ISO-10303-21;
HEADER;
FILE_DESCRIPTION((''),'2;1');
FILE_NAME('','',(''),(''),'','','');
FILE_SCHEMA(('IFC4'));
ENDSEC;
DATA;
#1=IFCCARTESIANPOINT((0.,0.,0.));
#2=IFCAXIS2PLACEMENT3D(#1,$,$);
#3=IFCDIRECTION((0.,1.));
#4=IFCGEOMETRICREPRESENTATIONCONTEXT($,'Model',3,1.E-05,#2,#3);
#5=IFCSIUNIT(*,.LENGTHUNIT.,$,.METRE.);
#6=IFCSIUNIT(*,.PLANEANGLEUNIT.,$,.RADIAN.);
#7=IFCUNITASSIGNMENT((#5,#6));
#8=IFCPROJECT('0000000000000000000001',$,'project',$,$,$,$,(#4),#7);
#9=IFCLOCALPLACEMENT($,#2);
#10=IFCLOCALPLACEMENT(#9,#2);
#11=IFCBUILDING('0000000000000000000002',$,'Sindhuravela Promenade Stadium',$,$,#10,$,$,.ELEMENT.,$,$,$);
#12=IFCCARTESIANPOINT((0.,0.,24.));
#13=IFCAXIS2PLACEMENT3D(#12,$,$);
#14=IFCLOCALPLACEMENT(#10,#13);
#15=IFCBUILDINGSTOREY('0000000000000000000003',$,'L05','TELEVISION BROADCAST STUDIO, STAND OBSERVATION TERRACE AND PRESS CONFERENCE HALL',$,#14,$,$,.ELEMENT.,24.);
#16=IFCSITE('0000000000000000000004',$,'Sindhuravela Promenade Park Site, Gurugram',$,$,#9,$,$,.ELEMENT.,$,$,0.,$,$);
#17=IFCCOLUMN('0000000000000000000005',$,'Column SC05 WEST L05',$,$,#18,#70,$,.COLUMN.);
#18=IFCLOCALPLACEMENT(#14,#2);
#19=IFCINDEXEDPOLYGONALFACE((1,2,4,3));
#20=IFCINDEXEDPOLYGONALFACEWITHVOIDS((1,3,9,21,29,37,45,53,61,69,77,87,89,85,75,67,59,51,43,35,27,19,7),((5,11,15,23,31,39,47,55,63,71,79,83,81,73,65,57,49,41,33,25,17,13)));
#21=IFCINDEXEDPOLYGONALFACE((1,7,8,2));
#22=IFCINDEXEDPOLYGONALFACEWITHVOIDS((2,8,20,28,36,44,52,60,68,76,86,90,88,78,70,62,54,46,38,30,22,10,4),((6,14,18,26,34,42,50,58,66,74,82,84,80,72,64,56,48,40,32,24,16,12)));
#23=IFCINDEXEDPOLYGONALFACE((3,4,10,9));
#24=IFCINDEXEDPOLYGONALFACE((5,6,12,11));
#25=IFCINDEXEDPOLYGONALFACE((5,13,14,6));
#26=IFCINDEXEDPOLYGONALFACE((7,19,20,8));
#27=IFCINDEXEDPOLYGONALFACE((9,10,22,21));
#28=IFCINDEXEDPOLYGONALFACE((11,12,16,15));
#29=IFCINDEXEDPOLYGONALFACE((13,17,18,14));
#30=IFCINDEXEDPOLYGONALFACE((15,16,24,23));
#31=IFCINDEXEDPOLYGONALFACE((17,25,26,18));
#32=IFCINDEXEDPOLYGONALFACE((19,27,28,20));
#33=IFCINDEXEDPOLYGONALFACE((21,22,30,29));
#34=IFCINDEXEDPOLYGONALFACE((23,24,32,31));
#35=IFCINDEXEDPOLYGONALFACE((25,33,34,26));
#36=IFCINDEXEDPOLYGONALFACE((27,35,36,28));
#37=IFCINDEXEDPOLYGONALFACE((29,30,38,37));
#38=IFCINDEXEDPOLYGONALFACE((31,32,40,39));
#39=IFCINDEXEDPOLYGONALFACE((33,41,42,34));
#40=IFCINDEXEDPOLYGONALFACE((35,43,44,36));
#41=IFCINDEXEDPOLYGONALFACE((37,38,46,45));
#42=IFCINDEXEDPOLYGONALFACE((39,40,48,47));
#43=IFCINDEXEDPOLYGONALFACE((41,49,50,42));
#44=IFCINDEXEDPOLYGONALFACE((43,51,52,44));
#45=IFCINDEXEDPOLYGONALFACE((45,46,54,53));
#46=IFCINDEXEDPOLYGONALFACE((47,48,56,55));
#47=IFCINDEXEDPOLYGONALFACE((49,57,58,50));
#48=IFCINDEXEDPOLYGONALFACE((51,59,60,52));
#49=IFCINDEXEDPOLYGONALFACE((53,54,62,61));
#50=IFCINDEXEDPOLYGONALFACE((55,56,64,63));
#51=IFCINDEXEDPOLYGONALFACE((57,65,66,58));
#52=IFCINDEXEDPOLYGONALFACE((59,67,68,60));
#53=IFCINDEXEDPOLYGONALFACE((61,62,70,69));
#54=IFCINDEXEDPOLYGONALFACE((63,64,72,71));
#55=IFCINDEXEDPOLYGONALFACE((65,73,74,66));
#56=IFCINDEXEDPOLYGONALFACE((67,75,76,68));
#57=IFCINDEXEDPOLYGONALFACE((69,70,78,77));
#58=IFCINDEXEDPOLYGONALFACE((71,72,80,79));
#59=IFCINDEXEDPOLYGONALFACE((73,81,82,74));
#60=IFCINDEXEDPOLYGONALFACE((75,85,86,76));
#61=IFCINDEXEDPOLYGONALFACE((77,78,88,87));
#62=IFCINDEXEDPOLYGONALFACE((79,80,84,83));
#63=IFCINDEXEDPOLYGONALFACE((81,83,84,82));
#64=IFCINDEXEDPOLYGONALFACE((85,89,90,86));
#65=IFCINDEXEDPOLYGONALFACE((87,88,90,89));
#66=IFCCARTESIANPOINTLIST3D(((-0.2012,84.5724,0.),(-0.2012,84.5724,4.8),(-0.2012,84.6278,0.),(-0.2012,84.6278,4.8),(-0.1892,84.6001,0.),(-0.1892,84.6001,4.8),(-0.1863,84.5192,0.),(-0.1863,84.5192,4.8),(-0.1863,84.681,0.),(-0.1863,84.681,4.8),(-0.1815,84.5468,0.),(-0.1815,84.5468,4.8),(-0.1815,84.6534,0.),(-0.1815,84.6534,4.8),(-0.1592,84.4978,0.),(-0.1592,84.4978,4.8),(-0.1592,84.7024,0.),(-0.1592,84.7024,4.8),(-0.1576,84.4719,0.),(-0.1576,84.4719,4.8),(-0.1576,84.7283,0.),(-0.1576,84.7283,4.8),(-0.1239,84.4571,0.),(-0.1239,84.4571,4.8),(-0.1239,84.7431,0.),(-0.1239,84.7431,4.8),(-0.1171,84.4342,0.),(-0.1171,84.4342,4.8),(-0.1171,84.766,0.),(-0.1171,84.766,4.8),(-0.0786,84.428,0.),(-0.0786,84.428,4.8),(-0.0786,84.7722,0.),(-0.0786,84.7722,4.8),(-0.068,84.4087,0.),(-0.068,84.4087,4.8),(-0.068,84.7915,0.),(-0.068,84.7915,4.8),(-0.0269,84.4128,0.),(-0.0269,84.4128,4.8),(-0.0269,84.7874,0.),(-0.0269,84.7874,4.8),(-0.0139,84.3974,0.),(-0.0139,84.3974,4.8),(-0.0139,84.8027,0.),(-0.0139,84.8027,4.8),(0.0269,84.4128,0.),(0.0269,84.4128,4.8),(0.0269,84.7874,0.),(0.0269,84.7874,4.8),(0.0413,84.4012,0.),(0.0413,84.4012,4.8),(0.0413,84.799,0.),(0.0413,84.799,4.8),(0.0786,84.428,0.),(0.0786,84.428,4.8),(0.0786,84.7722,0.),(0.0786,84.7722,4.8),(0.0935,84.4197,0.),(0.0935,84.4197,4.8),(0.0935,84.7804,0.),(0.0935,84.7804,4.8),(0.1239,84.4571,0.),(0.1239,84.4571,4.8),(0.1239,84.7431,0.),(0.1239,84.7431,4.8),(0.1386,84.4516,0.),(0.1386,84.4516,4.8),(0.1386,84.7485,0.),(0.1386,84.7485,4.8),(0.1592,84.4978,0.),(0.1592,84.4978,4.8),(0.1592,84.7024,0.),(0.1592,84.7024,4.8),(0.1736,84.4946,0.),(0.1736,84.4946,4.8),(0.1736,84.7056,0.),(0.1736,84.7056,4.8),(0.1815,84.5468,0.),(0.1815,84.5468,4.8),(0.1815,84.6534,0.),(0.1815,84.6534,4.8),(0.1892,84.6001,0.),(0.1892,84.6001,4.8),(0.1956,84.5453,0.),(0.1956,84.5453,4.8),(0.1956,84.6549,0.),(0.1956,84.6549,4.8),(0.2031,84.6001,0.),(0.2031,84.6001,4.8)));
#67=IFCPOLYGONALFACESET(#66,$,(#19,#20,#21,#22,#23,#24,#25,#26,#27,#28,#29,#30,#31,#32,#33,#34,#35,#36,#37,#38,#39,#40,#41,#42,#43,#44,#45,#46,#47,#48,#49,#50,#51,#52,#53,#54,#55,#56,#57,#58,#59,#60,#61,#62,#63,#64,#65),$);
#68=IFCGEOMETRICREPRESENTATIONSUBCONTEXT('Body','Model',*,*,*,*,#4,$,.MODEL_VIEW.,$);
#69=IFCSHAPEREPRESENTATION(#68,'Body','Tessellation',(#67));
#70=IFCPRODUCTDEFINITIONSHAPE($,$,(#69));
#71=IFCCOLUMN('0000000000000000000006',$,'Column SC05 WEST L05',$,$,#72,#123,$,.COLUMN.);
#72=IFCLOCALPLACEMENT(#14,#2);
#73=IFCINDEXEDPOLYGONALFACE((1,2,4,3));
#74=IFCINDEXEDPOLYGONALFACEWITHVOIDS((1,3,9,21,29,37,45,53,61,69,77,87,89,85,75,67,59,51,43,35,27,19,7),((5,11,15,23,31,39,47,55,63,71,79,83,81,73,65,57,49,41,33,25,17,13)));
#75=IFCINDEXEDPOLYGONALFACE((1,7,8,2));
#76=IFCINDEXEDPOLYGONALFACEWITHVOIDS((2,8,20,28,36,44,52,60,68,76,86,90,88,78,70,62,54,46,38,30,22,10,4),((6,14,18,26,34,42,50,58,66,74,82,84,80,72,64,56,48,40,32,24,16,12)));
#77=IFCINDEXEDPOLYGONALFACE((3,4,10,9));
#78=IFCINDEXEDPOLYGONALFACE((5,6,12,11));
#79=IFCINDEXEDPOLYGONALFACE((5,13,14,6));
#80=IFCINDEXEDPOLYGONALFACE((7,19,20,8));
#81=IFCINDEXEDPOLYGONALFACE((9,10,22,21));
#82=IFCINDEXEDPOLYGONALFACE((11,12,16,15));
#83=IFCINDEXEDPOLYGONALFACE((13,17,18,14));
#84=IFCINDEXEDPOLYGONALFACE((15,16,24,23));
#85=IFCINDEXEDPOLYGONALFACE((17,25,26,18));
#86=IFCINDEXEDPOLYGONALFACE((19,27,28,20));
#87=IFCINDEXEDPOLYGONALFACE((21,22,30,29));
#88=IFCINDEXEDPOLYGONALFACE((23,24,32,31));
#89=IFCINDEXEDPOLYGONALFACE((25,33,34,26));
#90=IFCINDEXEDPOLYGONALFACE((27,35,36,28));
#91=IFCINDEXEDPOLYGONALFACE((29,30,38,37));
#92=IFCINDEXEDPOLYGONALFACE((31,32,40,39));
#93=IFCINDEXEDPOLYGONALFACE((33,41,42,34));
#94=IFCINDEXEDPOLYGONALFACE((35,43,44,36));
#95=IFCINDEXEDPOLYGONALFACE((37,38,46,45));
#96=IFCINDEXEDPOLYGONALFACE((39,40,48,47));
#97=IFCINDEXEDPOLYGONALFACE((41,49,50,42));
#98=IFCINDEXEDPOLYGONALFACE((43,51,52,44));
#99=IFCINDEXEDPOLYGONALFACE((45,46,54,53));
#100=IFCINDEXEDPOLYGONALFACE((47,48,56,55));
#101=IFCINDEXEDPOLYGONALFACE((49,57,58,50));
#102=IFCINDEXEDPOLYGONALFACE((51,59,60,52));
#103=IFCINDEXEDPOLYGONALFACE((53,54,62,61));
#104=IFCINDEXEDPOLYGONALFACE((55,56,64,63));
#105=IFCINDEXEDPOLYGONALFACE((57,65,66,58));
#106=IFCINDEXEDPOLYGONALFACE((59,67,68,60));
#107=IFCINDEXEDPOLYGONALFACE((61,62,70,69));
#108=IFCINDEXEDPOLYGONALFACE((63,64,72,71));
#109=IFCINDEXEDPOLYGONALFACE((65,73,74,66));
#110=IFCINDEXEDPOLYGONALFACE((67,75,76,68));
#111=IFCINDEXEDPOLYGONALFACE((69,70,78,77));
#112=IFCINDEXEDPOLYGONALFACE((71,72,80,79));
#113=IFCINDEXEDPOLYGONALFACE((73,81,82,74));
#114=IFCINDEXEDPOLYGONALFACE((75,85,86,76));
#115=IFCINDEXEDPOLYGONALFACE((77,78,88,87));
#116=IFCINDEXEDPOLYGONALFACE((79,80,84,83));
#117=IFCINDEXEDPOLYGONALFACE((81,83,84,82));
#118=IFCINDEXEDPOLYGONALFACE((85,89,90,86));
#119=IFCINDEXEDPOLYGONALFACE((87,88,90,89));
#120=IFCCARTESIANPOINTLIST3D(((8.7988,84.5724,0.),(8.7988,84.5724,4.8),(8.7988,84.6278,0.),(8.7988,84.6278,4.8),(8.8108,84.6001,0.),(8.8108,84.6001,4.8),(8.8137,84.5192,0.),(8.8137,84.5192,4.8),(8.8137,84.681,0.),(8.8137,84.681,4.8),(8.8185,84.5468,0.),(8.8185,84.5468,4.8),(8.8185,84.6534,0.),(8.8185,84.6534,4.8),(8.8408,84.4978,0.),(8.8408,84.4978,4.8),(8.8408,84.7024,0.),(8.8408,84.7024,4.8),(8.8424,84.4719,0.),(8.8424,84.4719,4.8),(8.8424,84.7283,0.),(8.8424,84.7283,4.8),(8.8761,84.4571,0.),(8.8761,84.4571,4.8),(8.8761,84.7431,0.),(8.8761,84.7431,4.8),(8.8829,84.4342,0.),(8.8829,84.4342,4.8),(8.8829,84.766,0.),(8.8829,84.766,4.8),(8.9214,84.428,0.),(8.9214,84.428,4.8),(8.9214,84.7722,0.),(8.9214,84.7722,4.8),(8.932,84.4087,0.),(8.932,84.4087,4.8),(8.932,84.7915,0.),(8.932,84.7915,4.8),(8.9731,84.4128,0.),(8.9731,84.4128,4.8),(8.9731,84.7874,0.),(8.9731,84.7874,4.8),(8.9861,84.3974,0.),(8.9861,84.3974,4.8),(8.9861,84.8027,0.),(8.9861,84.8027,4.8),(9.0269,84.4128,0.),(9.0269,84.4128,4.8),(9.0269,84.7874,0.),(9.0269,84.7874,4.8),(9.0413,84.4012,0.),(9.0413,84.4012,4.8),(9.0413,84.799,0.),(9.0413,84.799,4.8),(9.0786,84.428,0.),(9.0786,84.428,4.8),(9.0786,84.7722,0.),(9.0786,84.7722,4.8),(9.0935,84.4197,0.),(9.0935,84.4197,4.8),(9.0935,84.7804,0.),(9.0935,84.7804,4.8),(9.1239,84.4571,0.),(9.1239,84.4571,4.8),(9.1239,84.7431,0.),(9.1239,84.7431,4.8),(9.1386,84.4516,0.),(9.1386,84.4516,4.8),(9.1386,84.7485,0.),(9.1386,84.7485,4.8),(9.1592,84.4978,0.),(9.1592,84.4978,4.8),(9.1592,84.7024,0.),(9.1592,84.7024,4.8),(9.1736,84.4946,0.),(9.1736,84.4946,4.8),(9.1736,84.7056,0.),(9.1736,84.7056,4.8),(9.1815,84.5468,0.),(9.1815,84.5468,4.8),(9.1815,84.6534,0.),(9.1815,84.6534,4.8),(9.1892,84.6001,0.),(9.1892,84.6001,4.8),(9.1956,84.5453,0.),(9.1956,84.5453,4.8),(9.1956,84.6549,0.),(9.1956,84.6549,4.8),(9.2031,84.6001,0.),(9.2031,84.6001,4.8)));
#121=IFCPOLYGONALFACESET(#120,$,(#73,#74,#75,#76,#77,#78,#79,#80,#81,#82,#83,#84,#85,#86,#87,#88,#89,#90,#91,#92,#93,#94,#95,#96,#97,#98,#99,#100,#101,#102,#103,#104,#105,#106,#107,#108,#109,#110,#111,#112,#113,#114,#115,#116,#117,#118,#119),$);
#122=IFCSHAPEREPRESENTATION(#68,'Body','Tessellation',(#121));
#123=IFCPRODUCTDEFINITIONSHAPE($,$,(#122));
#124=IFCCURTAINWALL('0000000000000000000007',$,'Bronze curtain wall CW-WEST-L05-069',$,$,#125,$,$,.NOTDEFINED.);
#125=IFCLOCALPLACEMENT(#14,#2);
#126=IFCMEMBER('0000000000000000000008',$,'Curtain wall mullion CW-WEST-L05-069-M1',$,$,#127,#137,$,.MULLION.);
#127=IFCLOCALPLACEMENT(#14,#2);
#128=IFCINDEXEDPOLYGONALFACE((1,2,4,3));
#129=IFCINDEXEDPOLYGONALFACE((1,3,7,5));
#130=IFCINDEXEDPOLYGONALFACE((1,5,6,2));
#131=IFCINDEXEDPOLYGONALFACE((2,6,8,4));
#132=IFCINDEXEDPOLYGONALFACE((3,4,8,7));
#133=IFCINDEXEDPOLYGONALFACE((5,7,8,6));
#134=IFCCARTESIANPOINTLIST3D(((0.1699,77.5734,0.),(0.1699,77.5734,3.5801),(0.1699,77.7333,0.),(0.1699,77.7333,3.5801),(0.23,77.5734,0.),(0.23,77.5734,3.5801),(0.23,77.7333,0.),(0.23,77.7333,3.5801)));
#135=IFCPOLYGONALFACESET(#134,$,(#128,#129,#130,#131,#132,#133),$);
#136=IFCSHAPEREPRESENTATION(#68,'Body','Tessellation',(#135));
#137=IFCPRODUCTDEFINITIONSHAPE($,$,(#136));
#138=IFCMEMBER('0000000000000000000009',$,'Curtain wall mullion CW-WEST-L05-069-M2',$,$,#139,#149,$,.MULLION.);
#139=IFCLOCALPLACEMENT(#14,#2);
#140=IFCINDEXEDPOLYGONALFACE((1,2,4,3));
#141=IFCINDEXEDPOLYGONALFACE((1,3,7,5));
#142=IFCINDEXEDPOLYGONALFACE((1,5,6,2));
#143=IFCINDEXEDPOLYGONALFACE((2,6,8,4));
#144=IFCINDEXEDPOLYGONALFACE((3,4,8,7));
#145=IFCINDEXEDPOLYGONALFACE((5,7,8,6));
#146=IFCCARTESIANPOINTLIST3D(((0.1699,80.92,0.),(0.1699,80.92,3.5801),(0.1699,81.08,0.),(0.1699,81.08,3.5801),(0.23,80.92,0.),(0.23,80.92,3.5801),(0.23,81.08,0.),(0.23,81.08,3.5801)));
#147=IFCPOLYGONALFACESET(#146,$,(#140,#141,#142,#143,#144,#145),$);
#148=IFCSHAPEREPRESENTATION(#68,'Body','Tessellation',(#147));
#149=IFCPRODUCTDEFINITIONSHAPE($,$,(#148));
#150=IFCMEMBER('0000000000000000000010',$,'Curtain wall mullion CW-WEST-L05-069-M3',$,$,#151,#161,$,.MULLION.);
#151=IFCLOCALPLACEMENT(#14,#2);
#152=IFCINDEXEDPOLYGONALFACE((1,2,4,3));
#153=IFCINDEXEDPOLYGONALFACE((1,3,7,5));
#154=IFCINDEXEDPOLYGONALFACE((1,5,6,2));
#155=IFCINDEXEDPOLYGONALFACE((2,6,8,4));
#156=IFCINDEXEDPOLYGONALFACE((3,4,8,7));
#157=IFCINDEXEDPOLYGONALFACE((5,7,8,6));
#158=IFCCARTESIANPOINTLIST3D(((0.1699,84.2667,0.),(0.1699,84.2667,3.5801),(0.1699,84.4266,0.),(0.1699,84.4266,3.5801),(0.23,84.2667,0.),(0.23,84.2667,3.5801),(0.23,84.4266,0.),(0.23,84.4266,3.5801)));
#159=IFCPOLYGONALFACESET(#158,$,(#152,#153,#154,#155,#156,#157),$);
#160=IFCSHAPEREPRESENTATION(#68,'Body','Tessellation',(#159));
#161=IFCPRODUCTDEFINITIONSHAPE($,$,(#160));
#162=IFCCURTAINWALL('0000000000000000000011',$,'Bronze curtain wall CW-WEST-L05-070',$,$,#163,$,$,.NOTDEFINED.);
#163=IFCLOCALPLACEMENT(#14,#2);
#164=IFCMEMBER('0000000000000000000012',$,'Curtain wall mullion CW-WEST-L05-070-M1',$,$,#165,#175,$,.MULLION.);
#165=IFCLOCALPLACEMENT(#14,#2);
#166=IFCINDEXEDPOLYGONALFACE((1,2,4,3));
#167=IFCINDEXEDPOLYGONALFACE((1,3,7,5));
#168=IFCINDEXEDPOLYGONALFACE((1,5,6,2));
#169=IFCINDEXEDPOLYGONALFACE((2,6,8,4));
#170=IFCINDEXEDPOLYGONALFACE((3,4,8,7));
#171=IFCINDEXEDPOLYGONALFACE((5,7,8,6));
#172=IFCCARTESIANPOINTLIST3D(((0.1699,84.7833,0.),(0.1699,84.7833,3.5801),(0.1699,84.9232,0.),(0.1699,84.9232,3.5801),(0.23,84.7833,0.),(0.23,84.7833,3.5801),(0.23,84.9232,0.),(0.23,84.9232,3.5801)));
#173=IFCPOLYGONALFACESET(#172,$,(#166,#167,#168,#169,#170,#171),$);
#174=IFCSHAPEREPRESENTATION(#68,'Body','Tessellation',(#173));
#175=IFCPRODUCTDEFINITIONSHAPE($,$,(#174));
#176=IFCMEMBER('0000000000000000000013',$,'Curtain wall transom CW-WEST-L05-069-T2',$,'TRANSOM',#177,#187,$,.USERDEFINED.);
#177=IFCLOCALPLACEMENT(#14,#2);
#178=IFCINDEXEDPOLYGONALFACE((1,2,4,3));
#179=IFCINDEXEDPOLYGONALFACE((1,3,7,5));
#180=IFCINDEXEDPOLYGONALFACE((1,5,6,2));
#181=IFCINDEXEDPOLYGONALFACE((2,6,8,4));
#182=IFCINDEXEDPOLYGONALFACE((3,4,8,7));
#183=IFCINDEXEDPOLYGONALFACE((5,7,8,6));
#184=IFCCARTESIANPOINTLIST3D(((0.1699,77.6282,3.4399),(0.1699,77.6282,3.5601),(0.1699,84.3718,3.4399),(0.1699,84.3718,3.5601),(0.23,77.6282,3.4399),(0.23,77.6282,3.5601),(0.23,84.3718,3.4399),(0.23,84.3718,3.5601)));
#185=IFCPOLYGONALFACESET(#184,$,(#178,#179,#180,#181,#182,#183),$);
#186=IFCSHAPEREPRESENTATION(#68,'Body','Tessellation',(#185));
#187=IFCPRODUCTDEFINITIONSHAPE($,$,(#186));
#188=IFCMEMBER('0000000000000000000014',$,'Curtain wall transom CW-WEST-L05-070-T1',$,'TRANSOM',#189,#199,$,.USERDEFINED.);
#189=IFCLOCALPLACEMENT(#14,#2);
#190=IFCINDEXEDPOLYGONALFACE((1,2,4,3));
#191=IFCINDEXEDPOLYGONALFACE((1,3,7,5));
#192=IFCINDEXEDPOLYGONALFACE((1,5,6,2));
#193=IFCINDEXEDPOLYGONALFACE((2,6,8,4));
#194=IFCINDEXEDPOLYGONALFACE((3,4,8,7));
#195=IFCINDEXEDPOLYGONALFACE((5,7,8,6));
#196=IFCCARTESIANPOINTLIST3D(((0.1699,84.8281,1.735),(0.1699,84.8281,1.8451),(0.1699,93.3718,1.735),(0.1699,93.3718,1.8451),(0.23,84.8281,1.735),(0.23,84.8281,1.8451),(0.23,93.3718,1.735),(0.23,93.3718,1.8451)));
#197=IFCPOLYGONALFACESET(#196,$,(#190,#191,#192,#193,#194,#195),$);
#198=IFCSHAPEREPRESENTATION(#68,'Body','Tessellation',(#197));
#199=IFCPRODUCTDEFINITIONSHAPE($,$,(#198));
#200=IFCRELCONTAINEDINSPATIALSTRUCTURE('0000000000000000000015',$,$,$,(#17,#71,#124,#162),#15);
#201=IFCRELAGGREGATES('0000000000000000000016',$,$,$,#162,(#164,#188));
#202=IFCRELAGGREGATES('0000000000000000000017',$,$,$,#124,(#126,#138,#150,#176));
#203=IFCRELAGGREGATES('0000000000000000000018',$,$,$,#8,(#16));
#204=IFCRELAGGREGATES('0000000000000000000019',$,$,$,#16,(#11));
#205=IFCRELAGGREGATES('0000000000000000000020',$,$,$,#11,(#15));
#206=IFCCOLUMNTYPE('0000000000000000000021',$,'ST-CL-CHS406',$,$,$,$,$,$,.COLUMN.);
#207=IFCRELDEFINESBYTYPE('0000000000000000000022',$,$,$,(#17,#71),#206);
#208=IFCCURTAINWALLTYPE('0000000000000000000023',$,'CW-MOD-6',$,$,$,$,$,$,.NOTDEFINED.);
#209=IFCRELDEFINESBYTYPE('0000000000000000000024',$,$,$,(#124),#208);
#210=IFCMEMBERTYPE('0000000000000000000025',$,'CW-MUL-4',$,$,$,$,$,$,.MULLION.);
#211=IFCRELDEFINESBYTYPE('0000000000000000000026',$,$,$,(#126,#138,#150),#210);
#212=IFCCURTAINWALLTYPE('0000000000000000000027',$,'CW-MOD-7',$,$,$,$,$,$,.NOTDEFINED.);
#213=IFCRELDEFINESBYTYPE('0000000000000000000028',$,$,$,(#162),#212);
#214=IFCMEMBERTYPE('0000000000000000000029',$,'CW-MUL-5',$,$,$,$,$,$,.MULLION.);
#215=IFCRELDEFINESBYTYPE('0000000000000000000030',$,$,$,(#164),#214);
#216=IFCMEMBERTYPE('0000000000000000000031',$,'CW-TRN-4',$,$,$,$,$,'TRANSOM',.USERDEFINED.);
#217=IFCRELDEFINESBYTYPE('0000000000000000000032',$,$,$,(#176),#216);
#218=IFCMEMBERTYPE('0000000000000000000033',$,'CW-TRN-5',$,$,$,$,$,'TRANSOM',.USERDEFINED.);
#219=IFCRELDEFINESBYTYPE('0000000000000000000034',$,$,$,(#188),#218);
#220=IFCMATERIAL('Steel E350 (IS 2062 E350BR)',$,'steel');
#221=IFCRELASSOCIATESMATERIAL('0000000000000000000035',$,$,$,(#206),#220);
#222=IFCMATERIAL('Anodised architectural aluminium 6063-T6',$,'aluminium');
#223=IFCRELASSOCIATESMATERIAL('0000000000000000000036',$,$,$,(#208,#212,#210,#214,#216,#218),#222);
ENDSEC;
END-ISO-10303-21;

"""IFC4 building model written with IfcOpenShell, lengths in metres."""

from ifc_helpers import new_model, si_unit, direction, frame, origin, origin_2d, place, context, subcontext, project, spatial, rectangle, hollow_circle, extrude, material, material_profile, profile_set, type_object, element, aggregate, save


model = new_model("IFC4")

# Units and contexts
model_context = context("Model", 3, precision=1e-05, world=origin(), true_north=direction((0.0, 1.0)))
body_context = subcontext(model_context, "Body", "Model", "MODEL_VIEW")
ifc_project = project(units=[si_unit("LENGTHUNIT", "METRE"), si_unit("PLANEANGLEUNIT", "RADIAN")], contexts=[model_context])

# Site, building, storey
site_placement = place(None, origin())
site = spatial("IfcSite", under=ifc_project, at=site_placement, Name="Sindhuravela Promenade Park Site, Gurugram", CompositionType="ELEMENT", RefElevation=0.0)
building_placement = place(site_placement, origin())
building = spatial("IfcBuilding", under=site, at=building_placement, Name="Sindhuravela Promenade Stadium", CompositionType="ELEMENT")
storey_placement = place(building_placement, frame((0.0, 0.0, 24.0)))
storey = spatial("IfcBuildingStorey", under=building, at=storey_placement, Name="L05", Description="TELEVISION BROADCAST STUDIO, STAND OBSERVATION TERRACE AND PRESS CONFERENCE HALL", CompositionType="ELEMENT", Elevation=24.0)

# Columns
ifc_material_1 = material(Name="Steel E350 (IS 2062 E350BR)", Category="steel")
ifc_material_profile_1 = material_profile(ifc_material_1, hollow_circle(Radius=0.2031, WallThickness=0.0139, at=origin_2d()), Name="CHS 406.4x14")
ifc_profile_set_1 = profile_set([ifc_material_profile_1], Name="Steel E350 (IS 2062 E350BR)")
column_type = type_object("IfcColumnType", Name="ST-CL-CHS406", PredefinedType="COLUMN", material=ifc_profile_set_1)
for number, where, z_axis, x_axis, name in (
    (1, (0.0, 84.6001, 0.0), (0.0, 0.0, 1.0), (1.0, 0.0, 0.0), "Column SC05 WEST L05"),
    (2, (9.0, 84.6001, 0.0), (0.0, 0.0, 1.0), (1.0, 0.0, 0.0), "Column SC05 WEST L05"),
):
    element("IfcColumn", number, at=place(storey_placement, frame(where, z_axis=z_axis, x_axis=x_axis)), inside=storey, type_object=column_type, Name=name, PredefinedType="COLUMN", context=body_context, shape_type="SweptSolid", body=[
        extrude(hollow_circle(Radius=0.2031, WallThickness=0.0139, at=origin_2d()), origin(), (0.0, 0.0, 1.0), 4.8),
    ])

# Curtain wall, members
ifc_material_2 = material(Name="Anodised architectural aluminium 6063-T6", Category="aluminium")
curtain_wall_type_1 = type_object("IfcCurtainWallType", Name="CW-MOD-6", PredefinedType="NOTDEFINED", material=ifc_material_2)
curtain_wall_1_placement = place(storey_placement, origin())
curtain_wall_1 = element("IfcCurtainWall", 3, at=curtain_wall_1_placement, inside=storey, type_object=curtain_wall_type_1, Name="Bronze curtain wall CW-WEST-L05-069", PredefinedType="NOTDEFINED")
ifc_material_profile_2 = material_profile(ifc_material_2, rectangle(XDim=0.0601, YDim=0.1599, at=origin_2d()), Name="ALU M60x160")
ifc_profile_set_2 = profile_set([ifc_material_profile_2], Name="Anodised architectural aluminium 6063-T6")
member_type_1 = type_object("IfcMemberType", Name="CW-MUL-4", PredefinedType="MULLION", material=ifc_profile_set_2)
member_1_placement = place(storey_placement, frame((0.2, 77.6533, 0.0), z_axis=(0.0, 0.0, 1.0), x_axis=(1.0, 0.0, 0.0)))
member_1 = element("IfcMember", 4, at=member_1_placement, type_object=member_type_1, Name="Curtain wall mullion CW-WEST-L05-069-M1", PredefinedType="MULLION", context=body_context, shape_type="SweptSolid", body=[
    extrude(rectangle(XDim=0.0601, YDim=0.1599, at=origin_2d()), origin(), (0.0, 0.0, 1.0), 3.5801),
])
member_2_placement = place(storey_placement, frame((0.2, 81.0, 0.0), z_axis=(0.0, 0.0, 1.0), x_axis=(1.0, 0.0, 0.0)))
member_2 = element("IfcMember", 5, at=member_2_placement, type_object=member_type_1, Name="Curtain wall mullion CW-WEST-L05-069-M2", PredefinedType="MULLION", context=body_context, shape_type="SweptSolid", body=[
    extrude(rectangle(XDim=0.0601, YDim=0.1599, at=origin_2d()), origin(), (0.0, 0.0, 1.0), 3.5801),
])
member_3_placement = place(storey_placement, frame((0.2, 84.3467, 0.0), z_axis=(0.0, 0.0, 1.0), x_axis=(1.0, 0.0, 0.0)))
member_3 = element("IfcMember", 6, at=member_3_placement, type_object=member_type_1, Name="Curtain wall mullion CW-WEST-L05-069-M3", PredefinedType="MULLION", context=body_context, shape_type="SweptSolid", body=[
    extrude(rectangle(XDim=0.0601, YDim=0.1599, at=origin_2d()), origin(), (0.0, 0.0, 1.0), 3.5801),
])

# Curtain wall, member
curtain_wall_type_2 = type_object("IfcCurtainWallType", Name="CW-MOD-7", PredefinedType="NOTDEFINED", material=ifc_material_2)
curtain_wall_2_placement = place(storey_placement, origin())
curtain_wall_2 = element("IfcCurtainWall", 7, at=curtain_wall_2_placement, inside=storey, type_object=curtain_wall_type_2, Name="Bronze curtain wall CW-WEST-L05-070", PredefinedType="NOTDEFINED")
ifc_material_profile_3 = material_profile(ifc_material_2, rectangle(XDim=0.0601, YDim=0.1399, at=origin_2d()), Name="ALU M60x140")
ifc_profile_set_3 = profile_set([ifc_material_profile_3], Name="Anodised architectural aluminium 6063-T6")
member_type_2 = type_object("IfcMemberType", Name="CW-MUL-5", PredefinedType="MULLION", material=ifc_profile_set_3)
member_4_placement = place(storey_placement, frame((0.2, 84.8533, 0.0), z_axis=(0.0, 0.0, 1.0), x_axis=(1.0, 0.0, 0.0)))
member_4 = element("IfcMember", 8, at=member_4_placement, type_object=member_type_2, Name="Curtain wall mullion CW-WEST-L05-070-M1", PredefinedType="MULLION", context=body_context, shape_type="SweptSolid", body=[
    extrude(rectangle(XDim=0.0601, YDim=0.1399, at=origin_2d()), origin(), (0.0, 0.0, 1.0), 3.5801),
])

# Members
ifc_material_profile_4 = material_profile(ifc_material_2, rectangle(XDim=0.0601, YDim=0.1201, at=origin_2d()), Name="ALU T60x120")
ifc_profile_set_4 = profile_set([ifc_material_profile_4], Name="Anodised architectural aluminium 6063-T6")
member_type_3 = type_object("IfcMemberType", Name="CW-TRN-4", ElementType="TRANSOM", PredefinedType="USERDEFINED", material=ifc_profile_set_4)
member_5_placement = place(storey_placement, frame((0.2, 77.6282, 3.5), z_axis=(0.0, 1.0, 0.0), x_axis=(-1.0, 0.0, 0.0)))
member_5 = element("IfcMember", 9, at=member_5_placement, type_object=member_type_3, Name="Curtain wall transom CW-WEST-L05-069-T2", ObjectType="TRANSOM", PredefinedType="USERDEFINED", context=body_context, shape_type="SweptSolid", body=[
    extrude(rectangle(XDim=0.0601, YDim=0.1201, at=origin_2d()), origin(), (0.0, 0.0, 1.0), 6.7437),
])
ifc_material_profile_5 = material_profile(ifc_material_2, rectangle(XDim=0.0601, YDim=0.1101, at=origin_2d()), Name="ALU T60x110")
ifc_profile_set_5 = profile_set([ifc_material_profile_5], Name="Anodised architectural aluminium 6063-T6")
member_type_4 = type_object("IfcMemberType", Name="CW-TRN-5", ElementType="TRANSOM", PredefinedType="USERDEFINED", material=ifc_profile_set_5)
member_6_placement = place(storey_placement, frame((0.2, 84.8281, 1.79), z_axis=(0.0, 1.0, 0.0), x_axis=(-1.0, 0.0, 0.0)))
member_6 = element("IfcMember", 10, at=member_6_placement, type_object=member_type_4, Name="Curtain wall transom CW-WEST-L05-070-T1", ObjectType="TRANSOM", PredefinedType="USERDEFINED", context=body_context, shape_type="SweptSolid", body=[
    extrude(rectangle(XDim=0.0601, YDim=0.1101, at=origin_2d()), origin(), (0.0, 0.0, 1.0), 8.5437),
])
aggregate(curtain_wall_2, [member_4, member_6])

aggregate(curtain_wall_1, [member_1, member_2, member_3, member_5])

save(model, "model.ifc")
